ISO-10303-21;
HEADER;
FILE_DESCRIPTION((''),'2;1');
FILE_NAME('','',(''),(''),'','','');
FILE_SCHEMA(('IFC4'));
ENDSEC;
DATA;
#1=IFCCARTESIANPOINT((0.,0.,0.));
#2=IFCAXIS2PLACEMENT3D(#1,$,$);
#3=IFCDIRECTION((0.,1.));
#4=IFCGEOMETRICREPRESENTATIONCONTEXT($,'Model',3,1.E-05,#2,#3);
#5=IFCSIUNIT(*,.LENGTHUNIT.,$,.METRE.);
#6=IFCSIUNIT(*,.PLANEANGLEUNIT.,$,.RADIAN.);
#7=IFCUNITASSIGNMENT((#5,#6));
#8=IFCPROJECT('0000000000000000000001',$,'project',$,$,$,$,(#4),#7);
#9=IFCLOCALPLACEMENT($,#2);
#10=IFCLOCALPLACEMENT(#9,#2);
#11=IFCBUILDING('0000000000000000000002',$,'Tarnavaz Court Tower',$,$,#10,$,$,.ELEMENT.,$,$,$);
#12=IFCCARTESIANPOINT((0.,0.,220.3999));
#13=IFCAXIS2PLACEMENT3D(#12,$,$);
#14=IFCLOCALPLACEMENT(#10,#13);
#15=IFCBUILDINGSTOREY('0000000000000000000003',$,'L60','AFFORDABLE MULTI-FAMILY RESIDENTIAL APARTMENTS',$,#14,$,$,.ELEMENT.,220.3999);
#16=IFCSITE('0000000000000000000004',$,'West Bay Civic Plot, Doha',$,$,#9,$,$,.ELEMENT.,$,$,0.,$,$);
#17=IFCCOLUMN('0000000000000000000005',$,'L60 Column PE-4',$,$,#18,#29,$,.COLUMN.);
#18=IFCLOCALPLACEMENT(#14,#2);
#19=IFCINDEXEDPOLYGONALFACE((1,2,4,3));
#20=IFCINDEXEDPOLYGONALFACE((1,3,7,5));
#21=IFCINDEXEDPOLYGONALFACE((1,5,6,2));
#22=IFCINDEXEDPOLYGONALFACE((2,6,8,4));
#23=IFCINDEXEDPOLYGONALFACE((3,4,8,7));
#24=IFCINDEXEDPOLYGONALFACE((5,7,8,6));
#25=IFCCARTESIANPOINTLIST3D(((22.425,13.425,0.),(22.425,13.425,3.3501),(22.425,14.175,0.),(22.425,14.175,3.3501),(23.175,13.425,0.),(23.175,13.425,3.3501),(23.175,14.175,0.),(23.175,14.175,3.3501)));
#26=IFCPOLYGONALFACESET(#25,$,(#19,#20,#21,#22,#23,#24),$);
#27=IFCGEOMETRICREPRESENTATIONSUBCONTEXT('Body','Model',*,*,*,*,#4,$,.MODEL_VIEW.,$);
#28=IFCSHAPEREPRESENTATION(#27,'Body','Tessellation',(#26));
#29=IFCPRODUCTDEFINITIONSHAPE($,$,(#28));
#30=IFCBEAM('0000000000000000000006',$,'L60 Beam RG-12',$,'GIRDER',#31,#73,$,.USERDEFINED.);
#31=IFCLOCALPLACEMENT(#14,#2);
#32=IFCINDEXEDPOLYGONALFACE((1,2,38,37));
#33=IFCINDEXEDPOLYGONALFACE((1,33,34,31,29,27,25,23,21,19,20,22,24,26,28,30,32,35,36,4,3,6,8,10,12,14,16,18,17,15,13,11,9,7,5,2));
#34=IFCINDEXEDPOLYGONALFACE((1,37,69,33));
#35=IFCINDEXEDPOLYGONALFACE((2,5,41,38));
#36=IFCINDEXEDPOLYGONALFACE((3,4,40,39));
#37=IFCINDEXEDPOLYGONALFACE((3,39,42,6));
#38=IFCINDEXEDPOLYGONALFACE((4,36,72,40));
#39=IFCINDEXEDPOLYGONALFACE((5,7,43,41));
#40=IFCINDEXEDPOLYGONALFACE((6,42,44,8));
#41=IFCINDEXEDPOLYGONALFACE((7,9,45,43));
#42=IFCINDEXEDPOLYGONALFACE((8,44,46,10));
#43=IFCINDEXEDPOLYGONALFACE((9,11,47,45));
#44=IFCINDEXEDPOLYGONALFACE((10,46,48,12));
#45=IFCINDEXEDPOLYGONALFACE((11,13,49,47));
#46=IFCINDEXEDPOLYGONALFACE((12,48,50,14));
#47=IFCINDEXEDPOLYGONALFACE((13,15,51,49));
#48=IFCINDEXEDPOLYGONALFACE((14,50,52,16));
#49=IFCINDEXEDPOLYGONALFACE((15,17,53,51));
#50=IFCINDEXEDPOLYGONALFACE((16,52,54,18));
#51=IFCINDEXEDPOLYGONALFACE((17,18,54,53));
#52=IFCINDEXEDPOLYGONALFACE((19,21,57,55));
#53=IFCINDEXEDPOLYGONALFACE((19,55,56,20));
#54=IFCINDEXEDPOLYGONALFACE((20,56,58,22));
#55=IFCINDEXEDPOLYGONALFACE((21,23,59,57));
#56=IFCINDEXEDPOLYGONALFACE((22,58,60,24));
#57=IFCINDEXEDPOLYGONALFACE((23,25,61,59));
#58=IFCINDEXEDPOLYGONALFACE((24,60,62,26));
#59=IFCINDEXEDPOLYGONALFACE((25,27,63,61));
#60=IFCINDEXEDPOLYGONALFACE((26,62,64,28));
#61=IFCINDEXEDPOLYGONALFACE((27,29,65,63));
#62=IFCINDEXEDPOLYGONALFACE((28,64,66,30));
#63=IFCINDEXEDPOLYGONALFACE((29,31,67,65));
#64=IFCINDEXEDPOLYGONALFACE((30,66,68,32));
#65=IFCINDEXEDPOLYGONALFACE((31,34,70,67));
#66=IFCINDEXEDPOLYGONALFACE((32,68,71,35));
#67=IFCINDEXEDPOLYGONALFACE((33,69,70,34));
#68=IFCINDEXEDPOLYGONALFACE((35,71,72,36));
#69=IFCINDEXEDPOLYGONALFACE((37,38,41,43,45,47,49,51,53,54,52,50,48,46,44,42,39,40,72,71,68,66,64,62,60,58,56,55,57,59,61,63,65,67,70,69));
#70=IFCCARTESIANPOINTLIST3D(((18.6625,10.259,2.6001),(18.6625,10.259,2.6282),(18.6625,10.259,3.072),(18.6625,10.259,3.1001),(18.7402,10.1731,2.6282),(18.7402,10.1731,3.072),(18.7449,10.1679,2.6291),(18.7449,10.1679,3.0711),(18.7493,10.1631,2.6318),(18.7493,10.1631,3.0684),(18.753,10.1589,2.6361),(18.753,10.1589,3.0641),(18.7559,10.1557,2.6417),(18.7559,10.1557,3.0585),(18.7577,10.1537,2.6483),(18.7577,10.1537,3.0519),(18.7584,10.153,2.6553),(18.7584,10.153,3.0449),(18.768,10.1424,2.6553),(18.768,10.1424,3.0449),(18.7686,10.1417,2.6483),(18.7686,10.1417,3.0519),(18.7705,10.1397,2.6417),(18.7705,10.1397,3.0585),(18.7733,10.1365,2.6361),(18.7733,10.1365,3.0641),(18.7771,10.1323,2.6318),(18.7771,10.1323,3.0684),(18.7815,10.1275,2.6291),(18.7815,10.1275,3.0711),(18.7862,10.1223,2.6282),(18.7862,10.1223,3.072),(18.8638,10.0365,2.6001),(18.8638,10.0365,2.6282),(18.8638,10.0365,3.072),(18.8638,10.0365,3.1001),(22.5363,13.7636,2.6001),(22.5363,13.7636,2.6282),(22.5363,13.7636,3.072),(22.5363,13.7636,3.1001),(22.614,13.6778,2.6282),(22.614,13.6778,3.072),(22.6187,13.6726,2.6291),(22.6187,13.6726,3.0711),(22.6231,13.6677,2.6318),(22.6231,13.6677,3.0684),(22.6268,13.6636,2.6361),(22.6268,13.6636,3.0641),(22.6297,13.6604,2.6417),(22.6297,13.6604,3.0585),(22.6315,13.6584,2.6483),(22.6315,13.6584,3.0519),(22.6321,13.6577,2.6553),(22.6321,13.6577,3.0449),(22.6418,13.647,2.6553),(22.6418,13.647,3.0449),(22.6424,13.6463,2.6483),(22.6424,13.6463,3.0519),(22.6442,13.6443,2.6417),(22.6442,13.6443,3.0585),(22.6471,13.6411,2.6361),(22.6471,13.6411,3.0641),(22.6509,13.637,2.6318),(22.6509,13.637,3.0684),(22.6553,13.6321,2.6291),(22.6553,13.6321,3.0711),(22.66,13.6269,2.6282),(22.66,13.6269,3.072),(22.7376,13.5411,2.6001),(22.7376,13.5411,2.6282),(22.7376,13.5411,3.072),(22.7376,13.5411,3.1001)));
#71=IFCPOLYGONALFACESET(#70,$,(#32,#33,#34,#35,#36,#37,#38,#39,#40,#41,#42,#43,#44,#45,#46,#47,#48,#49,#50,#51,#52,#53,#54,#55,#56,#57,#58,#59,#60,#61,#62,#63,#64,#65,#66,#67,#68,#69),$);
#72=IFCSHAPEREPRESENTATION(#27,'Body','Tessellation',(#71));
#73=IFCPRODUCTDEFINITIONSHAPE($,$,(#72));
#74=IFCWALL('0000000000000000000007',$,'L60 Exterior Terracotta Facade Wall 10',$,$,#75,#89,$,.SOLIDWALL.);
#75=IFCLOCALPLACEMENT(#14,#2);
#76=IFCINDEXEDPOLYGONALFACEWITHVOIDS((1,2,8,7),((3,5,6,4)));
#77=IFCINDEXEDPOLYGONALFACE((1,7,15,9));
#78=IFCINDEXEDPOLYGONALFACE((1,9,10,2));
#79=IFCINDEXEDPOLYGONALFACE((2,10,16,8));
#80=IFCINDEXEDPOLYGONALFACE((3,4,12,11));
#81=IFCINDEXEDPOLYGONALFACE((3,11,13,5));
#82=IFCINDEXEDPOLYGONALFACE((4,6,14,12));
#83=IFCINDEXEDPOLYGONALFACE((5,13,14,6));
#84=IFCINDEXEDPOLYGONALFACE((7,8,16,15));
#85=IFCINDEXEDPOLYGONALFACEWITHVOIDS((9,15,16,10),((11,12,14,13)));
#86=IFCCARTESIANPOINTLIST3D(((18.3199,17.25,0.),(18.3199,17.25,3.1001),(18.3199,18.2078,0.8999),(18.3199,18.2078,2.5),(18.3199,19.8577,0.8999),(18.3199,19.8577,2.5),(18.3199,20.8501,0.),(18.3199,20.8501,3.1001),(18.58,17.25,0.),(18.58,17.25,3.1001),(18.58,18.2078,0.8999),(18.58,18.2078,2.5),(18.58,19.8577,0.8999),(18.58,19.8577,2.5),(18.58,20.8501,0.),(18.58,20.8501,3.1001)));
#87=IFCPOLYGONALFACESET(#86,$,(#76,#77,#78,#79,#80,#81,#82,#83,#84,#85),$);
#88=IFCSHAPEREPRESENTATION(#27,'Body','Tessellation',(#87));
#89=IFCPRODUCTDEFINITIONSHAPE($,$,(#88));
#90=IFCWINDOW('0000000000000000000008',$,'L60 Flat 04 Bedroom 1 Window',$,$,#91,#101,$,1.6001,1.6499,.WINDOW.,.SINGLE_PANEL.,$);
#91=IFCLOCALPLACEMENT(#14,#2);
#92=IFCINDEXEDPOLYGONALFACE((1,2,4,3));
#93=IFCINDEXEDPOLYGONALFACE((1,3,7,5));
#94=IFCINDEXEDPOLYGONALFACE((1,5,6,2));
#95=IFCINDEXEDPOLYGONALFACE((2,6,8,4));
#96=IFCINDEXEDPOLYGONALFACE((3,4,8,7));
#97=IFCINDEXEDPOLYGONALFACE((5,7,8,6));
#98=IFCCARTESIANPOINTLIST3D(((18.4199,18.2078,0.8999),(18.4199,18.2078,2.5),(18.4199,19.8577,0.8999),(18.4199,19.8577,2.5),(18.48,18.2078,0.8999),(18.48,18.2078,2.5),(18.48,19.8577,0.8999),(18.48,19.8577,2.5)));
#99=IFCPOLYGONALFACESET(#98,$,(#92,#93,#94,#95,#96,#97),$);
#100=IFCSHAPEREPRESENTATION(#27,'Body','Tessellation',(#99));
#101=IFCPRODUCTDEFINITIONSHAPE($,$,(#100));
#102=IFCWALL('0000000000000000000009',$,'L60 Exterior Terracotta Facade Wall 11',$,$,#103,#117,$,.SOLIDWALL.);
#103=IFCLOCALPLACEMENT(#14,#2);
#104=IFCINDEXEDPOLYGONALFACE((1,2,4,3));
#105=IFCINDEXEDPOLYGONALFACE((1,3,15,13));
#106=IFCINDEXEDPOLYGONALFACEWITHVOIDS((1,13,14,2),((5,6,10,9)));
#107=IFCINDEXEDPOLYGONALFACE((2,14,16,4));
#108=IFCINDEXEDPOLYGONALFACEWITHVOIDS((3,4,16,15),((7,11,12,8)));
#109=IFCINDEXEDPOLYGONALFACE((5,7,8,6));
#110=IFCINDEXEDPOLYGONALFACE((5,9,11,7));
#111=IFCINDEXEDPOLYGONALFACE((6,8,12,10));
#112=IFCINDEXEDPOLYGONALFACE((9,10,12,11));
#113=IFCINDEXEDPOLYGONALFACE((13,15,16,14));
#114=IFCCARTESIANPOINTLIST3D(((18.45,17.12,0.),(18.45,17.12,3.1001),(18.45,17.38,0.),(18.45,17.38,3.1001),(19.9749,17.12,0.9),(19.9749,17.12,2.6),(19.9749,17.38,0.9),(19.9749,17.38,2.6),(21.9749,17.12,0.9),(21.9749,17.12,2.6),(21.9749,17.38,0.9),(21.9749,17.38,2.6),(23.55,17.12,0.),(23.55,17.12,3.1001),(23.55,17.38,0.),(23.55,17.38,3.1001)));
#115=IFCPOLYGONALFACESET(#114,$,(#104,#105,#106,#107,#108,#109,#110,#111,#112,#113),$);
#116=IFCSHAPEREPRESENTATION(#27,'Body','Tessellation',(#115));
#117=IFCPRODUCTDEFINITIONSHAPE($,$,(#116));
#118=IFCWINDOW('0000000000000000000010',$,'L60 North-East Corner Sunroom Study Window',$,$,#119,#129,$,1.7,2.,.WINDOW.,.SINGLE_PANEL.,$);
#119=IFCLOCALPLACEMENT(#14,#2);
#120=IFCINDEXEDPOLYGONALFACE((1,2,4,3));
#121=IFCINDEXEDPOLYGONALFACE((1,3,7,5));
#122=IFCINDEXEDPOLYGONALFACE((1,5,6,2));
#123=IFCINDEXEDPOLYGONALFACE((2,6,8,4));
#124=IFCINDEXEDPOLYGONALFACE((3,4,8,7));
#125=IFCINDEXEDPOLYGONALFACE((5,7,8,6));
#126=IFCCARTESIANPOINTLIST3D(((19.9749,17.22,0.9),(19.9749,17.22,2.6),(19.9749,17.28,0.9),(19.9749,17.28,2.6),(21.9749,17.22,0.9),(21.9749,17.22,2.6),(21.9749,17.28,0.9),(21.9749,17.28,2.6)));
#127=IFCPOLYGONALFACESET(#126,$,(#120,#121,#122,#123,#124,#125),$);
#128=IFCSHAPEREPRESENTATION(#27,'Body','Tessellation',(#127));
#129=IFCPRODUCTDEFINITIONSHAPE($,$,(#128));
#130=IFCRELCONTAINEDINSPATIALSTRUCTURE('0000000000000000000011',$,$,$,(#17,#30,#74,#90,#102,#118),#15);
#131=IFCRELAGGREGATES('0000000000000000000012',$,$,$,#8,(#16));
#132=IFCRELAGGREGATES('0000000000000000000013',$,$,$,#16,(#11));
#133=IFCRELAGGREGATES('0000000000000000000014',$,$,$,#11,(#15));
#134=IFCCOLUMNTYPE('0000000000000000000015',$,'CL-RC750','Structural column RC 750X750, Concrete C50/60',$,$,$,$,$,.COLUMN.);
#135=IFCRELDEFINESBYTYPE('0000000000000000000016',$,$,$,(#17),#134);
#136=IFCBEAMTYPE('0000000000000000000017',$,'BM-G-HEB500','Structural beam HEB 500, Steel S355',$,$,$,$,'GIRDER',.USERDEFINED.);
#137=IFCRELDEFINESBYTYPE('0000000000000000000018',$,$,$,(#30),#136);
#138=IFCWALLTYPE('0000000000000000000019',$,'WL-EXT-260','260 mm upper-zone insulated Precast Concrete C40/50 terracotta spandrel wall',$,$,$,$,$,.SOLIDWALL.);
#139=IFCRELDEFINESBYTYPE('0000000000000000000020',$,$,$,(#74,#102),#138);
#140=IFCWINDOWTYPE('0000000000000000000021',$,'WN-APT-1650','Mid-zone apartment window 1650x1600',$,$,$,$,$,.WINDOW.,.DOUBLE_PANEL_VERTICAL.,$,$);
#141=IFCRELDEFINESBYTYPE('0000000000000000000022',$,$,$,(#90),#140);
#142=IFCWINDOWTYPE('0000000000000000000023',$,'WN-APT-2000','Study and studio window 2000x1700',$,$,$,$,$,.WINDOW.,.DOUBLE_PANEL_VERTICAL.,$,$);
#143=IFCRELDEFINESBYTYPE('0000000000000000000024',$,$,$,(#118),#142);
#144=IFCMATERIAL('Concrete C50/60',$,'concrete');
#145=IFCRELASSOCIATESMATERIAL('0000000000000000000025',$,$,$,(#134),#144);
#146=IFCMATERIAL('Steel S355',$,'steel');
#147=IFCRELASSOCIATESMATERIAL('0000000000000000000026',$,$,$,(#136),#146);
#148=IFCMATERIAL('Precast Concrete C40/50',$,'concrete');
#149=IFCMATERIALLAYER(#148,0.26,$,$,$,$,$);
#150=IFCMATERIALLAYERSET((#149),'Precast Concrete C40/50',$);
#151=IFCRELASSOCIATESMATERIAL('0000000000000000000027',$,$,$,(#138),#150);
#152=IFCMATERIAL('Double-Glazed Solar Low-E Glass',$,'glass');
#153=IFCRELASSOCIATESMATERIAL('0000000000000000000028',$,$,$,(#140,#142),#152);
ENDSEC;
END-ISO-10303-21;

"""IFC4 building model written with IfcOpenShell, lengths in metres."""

from ifc_helpers import new_model, si_unit, direction, frame, frame_2d, origin, origin_2d, place, context, subcontext, project, spatial, rectangle, i_section, extrude, material, layer, layer_set, material_profile, profile_set, type_object, element, fill, save


model = new_model("IFC4")

# Units and contexts
model_context = context("Model", 3, precision=1e-05, world=origin(), true_north=direction((0.0, 1.0)))
body_context = subcontext(model_context, "Body", "Model", "MODEL_VIEW")
ifc_project = project(units=[si_unit("LENGTHUNIT", "METRE"), si_unit("PLANEANGLEUNIT", "RADIAN")], contexts=[model_context])

# Site, building, storey
site_placement = place(None, origin())
site = spatial("IfcSite", under=ifc_project, at=site_placement, Name="West Bay Civic Plot, Doha", CompositionType="ELEMENT", RefElevation=0.0)
building_placement = place(site_placement, origin())
building = spatial("IfcBuilding", under=site, at=building_placement, Name="Tarnavaz Court Tower", CompositionType="ELEMENT")
storey_placement = place(building_placement, frame((0.0, 0.0, 220.3999)))
storey = spatial("IfcBuildingStorey", under=building, at=storey_placement, Name="L60", Description="AFFORDABLE MULTI-FAMILY RESIDENTIAL APARTMENTS", CompositionType="ELEMENT", Elevation=220.3999)

# Column
ifc_material_1 = material(Name="Concrete C50/60", Category="concrete")
ifc_material_profile_1 = material_profile(ifc_material_1, rectangle(XDim=0.75, YDim=0.75, at=origin_2d()), Name="RC 750X750")
ifc_profile_set_1 = profile_set([ifc_material_profile_1], Name="Concrete C50/60")
column_type = type_object("IfcColumnType", Name="CL-RC750", Description="Structural column RC 750X750, Concrete C50/60", PredefinedType="COLUMN", material=ifc_profile_set_1)
column_placement = place(storey_placement, frame((22.8, 13.8, 0.0), z_axis=(0.0, 0.0, 1.0), x_axis=(1.0, 0.0, 0.0)))
element("IfcColumn", 1, at=column_placement, inside=storey, type_object=column_type, Name="L60 Column PE-4", PredefinedType="COLUMN", context=body_context, shape_type="SweptSolid", body=[
    extrude(rectangle(XDim=0.75, YDim=0.75, at=origin_2d()), origin(), (0.0, 0.0, 1.0), 3.3501),
])

# Beam
ifc_material_2 = material(Name="Steel S355", Category="steel")
ifc_material_profile_2 = material_profile(ifc_material_2, i_section(OverallWidth=0.3, OverallDepth=0.5, WebThickness=0.0144, FlangeThickness=0.0281, FilletRadius=0.0271, at=origin_2d()), Name="HEB 500")
ifc_profile_set_2 = profile_set([ifc_material_profile_2], Name="Steel S355")
beam_type = type_object("IfcBeamType", Name="BM-G-HEB500", Description="Structural beam HEB 500, Steel S355", ElementType="GIRDER", PredefinedType="USERDEFINED", material=ifc_profile_set_2)
beam_placement = place(storey_placement, frame((18.7632, 10.1477, 2.8501), z_axis=(0.741556, 0.670891, 0.0), x_axis=(-0.670891, 0.741556, 0.0)))
element("IfcBeam", 2, at=beam_placement, inside=storey, type_object=beam_type, Name="L60 Beam RG-12", ObjectType="GIRDER", PredefinedType="USERDEFINED", context=body_context, shape_type="SweptSolid", body=[
    extrude(i_section(OverallWidth=0.3, OverallDepth=0.5, WebThickness=0.0144, FlangeThickness=0.0281, FilletRadius=0.0271, at=origin_2d()), origin(), (0.0, 0.0, 1.0), 5.2239),
])

# Walls, openings, windows
ifc_material_3 = material(Name="Precast Concrete C40/50", Category="concrete")
ifc_layer_1 = layer(ifc_material_3, 0.26)
ifc_layer_set_1 = layer_set([ifc_layer_1], Name="Precast Concrete C40/50")
wall_type_1 = type_object("IfcWallType", Name="WL-EXT-260", Description="260 mm upper-zone insulated Precast Concrete C40/50 terracotta spandrel wall", PredefinedType="SOLIDWALL", material=ifc_layer_set_1)
wall_1_placement = place(storey_placement, frame((18.45, 20.8501, 0.0), z_axis=(0.0, 0.0, 1.0), x_axis=(0.0, -1.0, 0.0)))
wall_1 = element("IfcWall", 3, at=wall_1_placement, inside=storey, type_object=wall_type_1, Name="L60 Exterior Terracotta Facade Wall 10", PredefinedType="SOLIDWALL", context=body_context, shape_type="SweptSolid", body=[
    extrude(rectangle(XDim=3.6001, YDim=0.26, at=frame_2d((1.8, 0.0))), origin(), (0.0, 0.0, 1.0), 3.1001),
])
opening_1_placement = place(wall_1_placement, frame((0.9924, 0.0, 0.8999)))
opening_1 = element("IfcOpeningElement", 4, at=opening_1_placement, cuts=wall_1, PredefinedType="OPENING", context=body_context, shape_type="SweptSolid", body=[
    extrude(rectangle(XDim=1.6499, YDim=1.6001, at=frame_2d((0.825, 0.8))), frame((0.0, 0.1399, 0.0), z_axis=(0.0, -1.0, 0.0), x_axis=(1.0, 0.0, 0.0)), (0.0, 0.0, 1.0), 0.28),
])
ifc_material_4 = material(Name="Double-Glazed Solar Low-E Glass", Category="glass")
window_type_1 = type_object("IfcWindowType", Name="WN-APT-1650", Description="Mid-zone apartment window 1650x1600", PartitioningType="DOUBLE_PANEL_VERTICAL", PredefinedType="WINDOW", material=ifc_material_4)
window_1_placement = place(opening_1_placement, origin())
window_1 = element("IfcWindow", 5, at=window_1_placement, inside=storey, type_object=window_type_1, Name="L60 Flat 04 Bedroom 1 Window", OverallHeight=1.6001, OverallWidth=1.6499, PartitioningType="SINGLE_PANEL", PredefinedType="WINDOW", context=body_context, shape_type="SweptSolid", body=[
    extrude(rectangle(XDim=1.6499, YDim=1.6001, at=frame_2d((0.825, 0.8))), frame((0.0, 0.03, 0.0), z_axis=(0.0, -1.0, 0.0), x_axis=(1.0, 0.0, 0.0)), (0.0, 0.0, 1.0), 0.0601),
])
fill(opening_1, window_1)
wall_2_placement = place(storey_placement, frame((18.45, 17.25, 0.0), z_axis=(0.0, 0.0, 1.0), x_axis=(1.0, 0.0, 0.0)))
wall_2 = element("IfcWall", 6, at=wall_2_placement, inside=storey, type_object=wall_type_1, Name="L60 Exterior Terracotta Facade Wall 11", PredefinedType="SOLIDWALL", context=body_context, shape_type="SweptSolid", body=[
    extrude(rectangle(XDim=5.1001, YDim=0.26, at=frame_2d((2.55, 0.0))), origin(), (0.0, 0.0, 1.0), 3.1001),
])
opening_2_placement = place(wall_2_placement, frame((1.5249, 0.0, 0.8999)))
opening_2 = element("IfcOpeningElement", 7, at=opening_2_placement, cuts=wall_2, PredefinedType="OPENING", context=body_context, shape_type="SweptSolid", body=[
    extrude(rectangle(XDim=2.0, YDim=1.7, at=frame_2d((1.0, 0.8501))), frame((0.0, 0.1399, 0.0), z_axis=(0.0, -1.0, 0.0), x_axis=(1.0, 0.0, 0.0)), (0.0, 0.0, 1.0), 0.28),
])
window_type_2 = type_object("IfcWindowType", Name="WN-APT-2000", Description="Study and studio window 2000x1700", PartitioningType="DOUBLE_PANEL_VERTICAL", PredefinedType="WINDOW", material=ifc_material_4)
window_2_placement = place(opening_2_placement, origin())
window_2 = element("IfcWindow", 8, at=window_2_placement, inside=storey, type_object=window_type_2, Name="L60 North-East Corner Sunroom Study Window", OverallHeight=1.7, OverallWidth=2.0, PartitioningType="SINGLE_PANEL", PredefinedType="WINDOW", context=body_context, shape_type="SweptSolid", body=[
    extrude(rectangle(XDim=2.0, YDim=1.7, at=frame_2d((1.0, 0.8501))), frame((0.0, 0.03, 0.0), z_axis=(0.0, -1.0, 0.0), x_axis=(1.0, 0.0, 0.0)), (0.0, 0.0, 1.0), 0.0601),
])
fill(opening_2, window_2)

save(model, "model.ifc")
